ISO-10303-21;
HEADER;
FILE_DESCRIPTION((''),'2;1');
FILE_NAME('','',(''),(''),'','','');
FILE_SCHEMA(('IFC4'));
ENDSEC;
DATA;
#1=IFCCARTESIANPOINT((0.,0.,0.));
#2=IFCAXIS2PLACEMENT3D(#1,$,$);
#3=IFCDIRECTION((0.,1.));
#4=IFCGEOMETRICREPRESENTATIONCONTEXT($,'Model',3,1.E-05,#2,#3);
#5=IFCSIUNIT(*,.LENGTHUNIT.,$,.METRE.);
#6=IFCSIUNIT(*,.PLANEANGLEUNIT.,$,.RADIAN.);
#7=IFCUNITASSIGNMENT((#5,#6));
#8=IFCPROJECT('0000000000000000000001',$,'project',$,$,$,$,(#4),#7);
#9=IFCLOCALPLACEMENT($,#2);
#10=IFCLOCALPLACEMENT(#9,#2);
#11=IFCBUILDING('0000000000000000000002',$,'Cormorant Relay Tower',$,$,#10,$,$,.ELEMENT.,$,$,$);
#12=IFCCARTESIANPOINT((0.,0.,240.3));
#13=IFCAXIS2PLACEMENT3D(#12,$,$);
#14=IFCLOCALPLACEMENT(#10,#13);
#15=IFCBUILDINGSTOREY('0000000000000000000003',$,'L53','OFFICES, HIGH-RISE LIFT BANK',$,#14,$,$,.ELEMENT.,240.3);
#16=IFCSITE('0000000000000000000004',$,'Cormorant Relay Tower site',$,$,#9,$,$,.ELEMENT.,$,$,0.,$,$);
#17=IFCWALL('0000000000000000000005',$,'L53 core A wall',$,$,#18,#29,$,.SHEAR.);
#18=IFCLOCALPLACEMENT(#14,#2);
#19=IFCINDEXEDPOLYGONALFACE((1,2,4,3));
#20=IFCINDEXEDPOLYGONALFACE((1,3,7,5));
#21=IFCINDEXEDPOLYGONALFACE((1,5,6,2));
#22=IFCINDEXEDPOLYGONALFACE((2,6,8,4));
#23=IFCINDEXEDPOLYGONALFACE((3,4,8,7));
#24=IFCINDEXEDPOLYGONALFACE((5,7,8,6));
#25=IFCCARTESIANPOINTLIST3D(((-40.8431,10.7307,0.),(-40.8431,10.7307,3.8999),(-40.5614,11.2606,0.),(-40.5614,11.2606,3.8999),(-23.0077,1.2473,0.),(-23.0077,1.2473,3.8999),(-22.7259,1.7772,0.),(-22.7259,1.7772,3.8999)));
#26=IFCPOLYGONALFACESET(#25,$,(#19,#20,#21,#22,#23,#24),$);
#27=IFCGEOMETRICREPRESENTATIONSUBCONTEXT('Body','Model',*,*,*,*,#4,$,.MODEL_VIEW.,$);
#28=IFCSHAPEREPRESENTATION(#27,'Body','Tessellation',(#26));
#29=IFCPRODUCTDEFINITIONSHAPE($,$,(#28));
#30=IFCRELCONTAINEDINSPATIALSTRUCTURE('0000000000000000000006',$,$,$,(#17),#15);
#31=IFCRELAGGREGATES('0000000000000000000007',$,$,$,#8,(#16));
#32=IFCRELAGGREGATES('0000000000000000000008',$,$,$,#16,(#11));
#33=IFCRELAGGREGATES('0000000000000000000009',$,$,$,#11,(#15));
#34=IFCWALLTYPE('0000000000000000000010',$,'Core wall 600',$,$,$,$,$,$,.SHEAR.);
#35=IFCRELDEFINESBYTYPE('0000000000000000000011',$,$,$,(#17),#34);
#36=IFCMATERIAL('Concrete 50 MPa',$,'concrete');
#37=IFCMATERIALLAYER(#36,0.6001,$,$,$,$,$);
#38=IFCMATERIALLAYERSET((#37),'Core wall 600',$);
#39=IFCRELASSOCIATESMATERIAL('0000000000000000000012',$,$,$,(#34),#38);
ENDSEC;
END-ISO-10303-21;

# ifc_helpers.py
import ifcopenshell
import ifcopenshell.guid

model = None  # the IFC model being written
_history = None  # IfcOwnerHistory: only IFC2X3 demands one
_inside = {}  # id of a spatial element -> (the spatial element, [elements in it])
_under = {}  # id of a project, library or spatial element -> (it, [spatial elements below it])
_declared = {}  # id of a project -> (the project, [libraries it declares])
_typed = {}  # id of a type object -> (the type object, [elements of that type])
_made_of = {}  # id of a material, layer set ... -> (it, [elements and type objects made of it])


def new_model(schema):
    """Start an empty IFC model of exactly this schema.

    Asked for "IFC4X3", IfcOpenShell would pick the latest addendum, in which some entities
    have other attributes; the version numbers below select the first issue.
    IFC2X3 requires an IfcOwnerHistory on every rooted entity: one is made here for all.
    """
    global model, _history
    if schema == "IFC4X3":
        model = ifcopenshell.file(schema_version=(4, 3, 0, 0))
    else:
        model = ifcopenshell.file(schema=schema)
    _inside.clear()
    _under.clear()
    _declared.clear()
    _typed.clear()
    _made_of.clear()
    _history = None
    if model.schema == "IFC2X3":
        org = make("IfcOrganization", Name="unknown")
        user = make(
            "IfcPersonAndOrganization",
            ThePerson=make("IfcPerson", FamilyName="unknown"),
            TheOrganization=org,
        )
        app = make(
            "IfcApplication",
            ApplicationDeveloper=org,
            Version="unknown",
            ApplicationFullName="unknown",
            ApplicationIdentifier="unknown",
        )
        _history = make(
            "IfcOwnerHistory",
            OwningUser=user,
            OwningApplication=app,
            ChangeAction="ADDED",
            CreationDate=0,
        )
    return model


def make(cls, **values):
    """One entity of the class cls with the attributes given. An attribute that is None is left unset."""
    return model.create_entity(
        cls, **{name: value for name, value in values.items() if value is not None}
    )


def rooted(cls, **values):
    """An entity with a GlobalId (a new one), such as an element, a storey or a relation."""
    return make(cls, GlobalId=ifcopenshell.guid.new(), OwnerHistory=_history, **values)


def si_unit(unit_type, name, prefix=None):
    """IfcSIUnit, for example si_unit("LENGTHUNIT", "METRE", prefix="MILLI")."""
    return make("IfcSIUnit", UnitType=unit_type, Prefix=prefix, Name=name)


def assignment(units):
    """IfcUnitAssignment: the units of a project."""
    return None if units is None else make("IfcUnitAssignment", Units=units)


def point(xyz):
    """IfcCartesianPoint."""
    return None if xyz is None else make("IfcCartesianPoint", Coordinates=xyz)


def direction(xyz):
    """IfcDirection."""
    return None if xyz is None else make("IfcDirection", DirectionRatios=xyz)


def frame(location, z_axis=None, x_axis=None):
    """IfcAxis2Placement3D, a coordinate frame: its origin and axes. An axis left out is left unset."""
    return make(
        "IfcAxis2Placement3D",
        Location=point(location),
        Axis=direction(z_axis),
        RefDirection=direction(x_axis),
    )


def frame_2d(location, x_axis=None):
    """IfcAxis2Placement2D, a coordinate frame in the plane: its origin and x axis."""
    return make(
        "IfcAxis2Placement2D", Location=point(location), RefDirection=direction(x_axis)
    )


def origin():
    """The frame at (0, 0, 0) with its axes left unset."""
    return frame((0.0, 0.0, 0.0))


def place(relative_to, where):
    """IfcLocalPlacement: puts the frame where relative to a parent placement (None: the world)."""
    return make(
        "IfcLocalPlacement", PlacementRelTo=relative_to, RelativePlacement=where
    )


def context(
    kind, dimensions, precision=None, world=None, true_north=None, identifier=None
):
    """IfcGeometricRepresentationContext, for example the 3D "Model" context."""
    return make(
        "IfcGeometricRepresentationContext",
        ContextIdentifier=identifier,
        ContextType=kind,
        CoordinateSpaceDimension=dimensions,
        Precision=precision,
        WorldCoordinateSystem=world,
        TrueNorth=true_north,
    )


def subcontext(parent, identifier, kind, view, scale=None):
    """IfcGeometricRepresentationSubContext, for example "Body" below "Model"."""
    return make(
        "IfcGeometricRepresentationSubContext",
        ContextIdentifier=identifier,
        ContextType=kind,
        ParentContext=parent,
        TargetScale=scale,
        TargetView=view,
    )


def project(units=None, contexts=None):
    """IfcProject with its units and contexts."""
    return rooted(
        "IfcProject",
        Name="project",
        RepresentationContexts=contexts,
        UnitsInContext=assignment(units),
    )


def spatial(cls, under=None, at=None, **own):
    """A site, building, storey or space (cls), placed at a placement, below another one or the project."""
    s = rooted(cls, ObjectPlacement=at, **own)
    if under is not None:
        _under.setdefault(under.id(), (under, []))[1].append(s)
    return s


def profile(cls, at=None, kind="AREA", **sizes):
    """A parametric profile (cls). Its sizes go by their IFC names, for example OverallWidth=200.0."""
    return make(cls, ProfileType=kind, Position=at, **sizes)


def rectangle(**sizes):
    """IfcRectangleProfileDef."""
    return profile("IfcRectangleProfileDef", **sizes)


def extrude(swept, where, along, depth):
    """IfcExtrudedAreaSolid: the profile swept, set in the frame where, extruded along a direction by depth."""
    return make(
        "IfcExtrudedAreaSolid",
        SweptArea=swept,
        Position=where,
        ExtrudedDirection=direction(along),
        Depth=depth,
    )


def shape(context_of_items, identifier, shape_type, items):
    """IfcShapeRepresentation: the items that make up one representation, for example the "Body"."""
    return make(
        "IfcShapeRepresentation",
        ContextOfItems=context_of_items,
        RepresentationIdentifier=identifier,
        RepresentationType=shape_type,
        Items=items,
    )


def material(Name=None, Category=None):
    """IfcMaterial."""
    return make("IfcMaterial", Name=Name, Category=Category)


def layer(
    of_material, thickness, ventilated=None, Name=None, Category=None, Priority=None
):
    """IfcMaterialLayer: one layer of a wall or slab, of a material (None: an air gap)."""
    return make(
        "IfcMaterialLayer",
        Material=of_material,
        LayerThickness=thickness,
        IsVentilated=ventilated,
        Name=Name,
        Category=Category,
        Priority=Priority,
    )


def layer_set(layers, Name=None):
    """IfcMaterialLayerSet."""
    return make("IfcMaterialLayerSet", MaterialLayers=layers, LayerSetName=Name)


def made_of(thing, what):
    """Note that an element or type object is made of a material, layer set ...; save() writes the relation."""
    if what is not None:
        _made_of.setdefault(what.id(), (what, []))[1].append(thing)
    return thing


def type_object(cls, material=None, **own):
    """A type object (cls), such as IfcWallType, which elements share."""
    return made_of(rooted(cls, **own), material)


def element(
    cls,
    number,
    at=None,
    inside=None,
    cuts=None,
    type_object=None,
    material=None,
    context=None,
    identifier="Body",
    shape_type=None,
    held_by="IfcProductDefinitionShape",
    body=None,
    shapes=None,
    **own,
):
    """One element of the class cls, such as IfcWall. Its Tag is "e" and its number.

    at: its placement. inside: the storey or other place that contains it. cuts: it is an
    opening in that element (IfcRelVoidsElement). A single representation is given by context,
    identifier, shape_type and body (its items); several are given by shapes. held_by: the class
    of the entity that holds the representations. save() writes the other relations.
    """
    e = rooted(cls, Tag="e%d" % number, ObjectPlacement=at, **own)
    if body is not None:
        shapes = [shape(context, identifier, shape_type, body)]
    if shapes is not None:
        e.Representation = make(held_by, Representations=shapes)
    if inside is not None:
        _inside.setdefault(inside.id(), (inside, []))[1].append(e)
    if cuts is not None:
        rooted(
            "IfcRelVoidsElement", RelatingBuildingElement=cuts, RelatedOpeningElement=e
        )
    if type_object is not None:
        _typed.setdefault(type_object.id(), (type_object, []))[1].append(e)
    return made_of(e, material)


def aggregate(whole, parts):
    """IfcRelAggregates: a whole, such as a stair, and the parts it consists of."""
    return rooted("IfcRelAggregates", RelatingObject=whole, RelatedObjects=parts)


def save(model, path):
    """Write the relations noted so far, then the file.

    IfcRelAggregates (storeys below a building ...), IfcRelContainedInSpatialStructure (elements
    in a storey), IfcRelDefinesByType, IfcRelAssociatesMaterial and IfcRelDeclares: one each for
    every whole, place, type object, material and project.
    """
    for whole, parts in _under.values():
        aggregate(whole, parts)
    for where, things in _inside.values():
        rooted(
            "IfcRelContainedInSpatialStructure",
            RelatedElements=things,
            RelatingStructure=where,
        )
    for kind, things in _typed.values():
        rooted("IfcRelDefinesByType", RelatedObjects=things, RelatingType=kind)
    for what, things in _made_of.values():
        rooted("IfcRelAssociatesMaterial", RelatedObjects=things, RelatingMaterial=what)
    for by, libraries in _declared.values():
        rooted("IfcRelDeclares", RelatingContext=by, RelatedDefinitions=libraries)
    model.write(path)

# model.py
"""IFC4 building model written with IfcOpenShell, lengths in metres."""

from ifc_helpers import new_model, si_unit, direction, frame, frame_2d, origin, place, context, subcontext, project, spatial, rectangle, extrude, material, layer, layer_set, type_object, element, save


model = new_model("IFC4")

# Units and contexts
model_context = context("Model", 3, precision=1e-05, world=origin(), true_north=direction((0.0, 1.0)))
body_context = subcontext(model_context, "Body", "Model", "MODEL_VIEW")
ifc_project = project(units=[si_unit("LENGTHUNIT", "METRE"), si_unit("PLANEANGLEUNIT", "RADIAN")], contexts=[model_context])

# Site, building, storey
site_placement = place(None, origin())
site = spatial("IfcSite", under=ifc_project, at=site_placement, Name="Cormorant Relay Tower site", CompositionType="ELEMENT", RefElevation=0.0)
building_placement = place(site_placement, origin())
building = spatial("IfcBuilding", under=site, at=building_placement, Name="Cormorant Relay Tower", CompositionType="ELEMENT")
storey_placement = place(building_placement, frame((0.0, 0.0, 240.3)))
storey = spatial("IfcBuildingStorey", under=building, at=storey_placement, Name="L53", Description="OFFICES, HIGH-RISE LIFT BANK", CompositionType="ELEMENT", Elevation=240.3)

# Wall
ifc_material_1 = material(Name="Concrete 50 MPa", Category="concrete")
ifc_layer_1 = layer(ifc_material_1, 0.6001)
ifc_layer_set_1 = layer_set([ifc_layer_1], Name="Core wall 600")
wall_type_1 = type_object("IfcWallType", Name="Core wall 600", PredefinedType="SHEAR", material=ifc_layer_set_1)
wall_1_placement = place(storey_placement, frame((-22.8667, 1.5122, 0.0), z_axis=(0.0, 0.0, 1.0), x_axis=(-0.882945, 0.469476, 0.0)))
element("IfcWall", 1, at=wall_1_placement, inside=storey, type_object=wall_type_1, Name="L53 core A wall", PredefinedType="SHEAR", context=body_context, shape_type="SweptSolid", body=[
    extrude(rectangle(XDim=20.2, YDim=0.6001, at=frame_2d((10.1001, 0.0))), origin(), (0.0, 0.0, 1.0), 3.8999),
])

save(model, "model.ifc")
